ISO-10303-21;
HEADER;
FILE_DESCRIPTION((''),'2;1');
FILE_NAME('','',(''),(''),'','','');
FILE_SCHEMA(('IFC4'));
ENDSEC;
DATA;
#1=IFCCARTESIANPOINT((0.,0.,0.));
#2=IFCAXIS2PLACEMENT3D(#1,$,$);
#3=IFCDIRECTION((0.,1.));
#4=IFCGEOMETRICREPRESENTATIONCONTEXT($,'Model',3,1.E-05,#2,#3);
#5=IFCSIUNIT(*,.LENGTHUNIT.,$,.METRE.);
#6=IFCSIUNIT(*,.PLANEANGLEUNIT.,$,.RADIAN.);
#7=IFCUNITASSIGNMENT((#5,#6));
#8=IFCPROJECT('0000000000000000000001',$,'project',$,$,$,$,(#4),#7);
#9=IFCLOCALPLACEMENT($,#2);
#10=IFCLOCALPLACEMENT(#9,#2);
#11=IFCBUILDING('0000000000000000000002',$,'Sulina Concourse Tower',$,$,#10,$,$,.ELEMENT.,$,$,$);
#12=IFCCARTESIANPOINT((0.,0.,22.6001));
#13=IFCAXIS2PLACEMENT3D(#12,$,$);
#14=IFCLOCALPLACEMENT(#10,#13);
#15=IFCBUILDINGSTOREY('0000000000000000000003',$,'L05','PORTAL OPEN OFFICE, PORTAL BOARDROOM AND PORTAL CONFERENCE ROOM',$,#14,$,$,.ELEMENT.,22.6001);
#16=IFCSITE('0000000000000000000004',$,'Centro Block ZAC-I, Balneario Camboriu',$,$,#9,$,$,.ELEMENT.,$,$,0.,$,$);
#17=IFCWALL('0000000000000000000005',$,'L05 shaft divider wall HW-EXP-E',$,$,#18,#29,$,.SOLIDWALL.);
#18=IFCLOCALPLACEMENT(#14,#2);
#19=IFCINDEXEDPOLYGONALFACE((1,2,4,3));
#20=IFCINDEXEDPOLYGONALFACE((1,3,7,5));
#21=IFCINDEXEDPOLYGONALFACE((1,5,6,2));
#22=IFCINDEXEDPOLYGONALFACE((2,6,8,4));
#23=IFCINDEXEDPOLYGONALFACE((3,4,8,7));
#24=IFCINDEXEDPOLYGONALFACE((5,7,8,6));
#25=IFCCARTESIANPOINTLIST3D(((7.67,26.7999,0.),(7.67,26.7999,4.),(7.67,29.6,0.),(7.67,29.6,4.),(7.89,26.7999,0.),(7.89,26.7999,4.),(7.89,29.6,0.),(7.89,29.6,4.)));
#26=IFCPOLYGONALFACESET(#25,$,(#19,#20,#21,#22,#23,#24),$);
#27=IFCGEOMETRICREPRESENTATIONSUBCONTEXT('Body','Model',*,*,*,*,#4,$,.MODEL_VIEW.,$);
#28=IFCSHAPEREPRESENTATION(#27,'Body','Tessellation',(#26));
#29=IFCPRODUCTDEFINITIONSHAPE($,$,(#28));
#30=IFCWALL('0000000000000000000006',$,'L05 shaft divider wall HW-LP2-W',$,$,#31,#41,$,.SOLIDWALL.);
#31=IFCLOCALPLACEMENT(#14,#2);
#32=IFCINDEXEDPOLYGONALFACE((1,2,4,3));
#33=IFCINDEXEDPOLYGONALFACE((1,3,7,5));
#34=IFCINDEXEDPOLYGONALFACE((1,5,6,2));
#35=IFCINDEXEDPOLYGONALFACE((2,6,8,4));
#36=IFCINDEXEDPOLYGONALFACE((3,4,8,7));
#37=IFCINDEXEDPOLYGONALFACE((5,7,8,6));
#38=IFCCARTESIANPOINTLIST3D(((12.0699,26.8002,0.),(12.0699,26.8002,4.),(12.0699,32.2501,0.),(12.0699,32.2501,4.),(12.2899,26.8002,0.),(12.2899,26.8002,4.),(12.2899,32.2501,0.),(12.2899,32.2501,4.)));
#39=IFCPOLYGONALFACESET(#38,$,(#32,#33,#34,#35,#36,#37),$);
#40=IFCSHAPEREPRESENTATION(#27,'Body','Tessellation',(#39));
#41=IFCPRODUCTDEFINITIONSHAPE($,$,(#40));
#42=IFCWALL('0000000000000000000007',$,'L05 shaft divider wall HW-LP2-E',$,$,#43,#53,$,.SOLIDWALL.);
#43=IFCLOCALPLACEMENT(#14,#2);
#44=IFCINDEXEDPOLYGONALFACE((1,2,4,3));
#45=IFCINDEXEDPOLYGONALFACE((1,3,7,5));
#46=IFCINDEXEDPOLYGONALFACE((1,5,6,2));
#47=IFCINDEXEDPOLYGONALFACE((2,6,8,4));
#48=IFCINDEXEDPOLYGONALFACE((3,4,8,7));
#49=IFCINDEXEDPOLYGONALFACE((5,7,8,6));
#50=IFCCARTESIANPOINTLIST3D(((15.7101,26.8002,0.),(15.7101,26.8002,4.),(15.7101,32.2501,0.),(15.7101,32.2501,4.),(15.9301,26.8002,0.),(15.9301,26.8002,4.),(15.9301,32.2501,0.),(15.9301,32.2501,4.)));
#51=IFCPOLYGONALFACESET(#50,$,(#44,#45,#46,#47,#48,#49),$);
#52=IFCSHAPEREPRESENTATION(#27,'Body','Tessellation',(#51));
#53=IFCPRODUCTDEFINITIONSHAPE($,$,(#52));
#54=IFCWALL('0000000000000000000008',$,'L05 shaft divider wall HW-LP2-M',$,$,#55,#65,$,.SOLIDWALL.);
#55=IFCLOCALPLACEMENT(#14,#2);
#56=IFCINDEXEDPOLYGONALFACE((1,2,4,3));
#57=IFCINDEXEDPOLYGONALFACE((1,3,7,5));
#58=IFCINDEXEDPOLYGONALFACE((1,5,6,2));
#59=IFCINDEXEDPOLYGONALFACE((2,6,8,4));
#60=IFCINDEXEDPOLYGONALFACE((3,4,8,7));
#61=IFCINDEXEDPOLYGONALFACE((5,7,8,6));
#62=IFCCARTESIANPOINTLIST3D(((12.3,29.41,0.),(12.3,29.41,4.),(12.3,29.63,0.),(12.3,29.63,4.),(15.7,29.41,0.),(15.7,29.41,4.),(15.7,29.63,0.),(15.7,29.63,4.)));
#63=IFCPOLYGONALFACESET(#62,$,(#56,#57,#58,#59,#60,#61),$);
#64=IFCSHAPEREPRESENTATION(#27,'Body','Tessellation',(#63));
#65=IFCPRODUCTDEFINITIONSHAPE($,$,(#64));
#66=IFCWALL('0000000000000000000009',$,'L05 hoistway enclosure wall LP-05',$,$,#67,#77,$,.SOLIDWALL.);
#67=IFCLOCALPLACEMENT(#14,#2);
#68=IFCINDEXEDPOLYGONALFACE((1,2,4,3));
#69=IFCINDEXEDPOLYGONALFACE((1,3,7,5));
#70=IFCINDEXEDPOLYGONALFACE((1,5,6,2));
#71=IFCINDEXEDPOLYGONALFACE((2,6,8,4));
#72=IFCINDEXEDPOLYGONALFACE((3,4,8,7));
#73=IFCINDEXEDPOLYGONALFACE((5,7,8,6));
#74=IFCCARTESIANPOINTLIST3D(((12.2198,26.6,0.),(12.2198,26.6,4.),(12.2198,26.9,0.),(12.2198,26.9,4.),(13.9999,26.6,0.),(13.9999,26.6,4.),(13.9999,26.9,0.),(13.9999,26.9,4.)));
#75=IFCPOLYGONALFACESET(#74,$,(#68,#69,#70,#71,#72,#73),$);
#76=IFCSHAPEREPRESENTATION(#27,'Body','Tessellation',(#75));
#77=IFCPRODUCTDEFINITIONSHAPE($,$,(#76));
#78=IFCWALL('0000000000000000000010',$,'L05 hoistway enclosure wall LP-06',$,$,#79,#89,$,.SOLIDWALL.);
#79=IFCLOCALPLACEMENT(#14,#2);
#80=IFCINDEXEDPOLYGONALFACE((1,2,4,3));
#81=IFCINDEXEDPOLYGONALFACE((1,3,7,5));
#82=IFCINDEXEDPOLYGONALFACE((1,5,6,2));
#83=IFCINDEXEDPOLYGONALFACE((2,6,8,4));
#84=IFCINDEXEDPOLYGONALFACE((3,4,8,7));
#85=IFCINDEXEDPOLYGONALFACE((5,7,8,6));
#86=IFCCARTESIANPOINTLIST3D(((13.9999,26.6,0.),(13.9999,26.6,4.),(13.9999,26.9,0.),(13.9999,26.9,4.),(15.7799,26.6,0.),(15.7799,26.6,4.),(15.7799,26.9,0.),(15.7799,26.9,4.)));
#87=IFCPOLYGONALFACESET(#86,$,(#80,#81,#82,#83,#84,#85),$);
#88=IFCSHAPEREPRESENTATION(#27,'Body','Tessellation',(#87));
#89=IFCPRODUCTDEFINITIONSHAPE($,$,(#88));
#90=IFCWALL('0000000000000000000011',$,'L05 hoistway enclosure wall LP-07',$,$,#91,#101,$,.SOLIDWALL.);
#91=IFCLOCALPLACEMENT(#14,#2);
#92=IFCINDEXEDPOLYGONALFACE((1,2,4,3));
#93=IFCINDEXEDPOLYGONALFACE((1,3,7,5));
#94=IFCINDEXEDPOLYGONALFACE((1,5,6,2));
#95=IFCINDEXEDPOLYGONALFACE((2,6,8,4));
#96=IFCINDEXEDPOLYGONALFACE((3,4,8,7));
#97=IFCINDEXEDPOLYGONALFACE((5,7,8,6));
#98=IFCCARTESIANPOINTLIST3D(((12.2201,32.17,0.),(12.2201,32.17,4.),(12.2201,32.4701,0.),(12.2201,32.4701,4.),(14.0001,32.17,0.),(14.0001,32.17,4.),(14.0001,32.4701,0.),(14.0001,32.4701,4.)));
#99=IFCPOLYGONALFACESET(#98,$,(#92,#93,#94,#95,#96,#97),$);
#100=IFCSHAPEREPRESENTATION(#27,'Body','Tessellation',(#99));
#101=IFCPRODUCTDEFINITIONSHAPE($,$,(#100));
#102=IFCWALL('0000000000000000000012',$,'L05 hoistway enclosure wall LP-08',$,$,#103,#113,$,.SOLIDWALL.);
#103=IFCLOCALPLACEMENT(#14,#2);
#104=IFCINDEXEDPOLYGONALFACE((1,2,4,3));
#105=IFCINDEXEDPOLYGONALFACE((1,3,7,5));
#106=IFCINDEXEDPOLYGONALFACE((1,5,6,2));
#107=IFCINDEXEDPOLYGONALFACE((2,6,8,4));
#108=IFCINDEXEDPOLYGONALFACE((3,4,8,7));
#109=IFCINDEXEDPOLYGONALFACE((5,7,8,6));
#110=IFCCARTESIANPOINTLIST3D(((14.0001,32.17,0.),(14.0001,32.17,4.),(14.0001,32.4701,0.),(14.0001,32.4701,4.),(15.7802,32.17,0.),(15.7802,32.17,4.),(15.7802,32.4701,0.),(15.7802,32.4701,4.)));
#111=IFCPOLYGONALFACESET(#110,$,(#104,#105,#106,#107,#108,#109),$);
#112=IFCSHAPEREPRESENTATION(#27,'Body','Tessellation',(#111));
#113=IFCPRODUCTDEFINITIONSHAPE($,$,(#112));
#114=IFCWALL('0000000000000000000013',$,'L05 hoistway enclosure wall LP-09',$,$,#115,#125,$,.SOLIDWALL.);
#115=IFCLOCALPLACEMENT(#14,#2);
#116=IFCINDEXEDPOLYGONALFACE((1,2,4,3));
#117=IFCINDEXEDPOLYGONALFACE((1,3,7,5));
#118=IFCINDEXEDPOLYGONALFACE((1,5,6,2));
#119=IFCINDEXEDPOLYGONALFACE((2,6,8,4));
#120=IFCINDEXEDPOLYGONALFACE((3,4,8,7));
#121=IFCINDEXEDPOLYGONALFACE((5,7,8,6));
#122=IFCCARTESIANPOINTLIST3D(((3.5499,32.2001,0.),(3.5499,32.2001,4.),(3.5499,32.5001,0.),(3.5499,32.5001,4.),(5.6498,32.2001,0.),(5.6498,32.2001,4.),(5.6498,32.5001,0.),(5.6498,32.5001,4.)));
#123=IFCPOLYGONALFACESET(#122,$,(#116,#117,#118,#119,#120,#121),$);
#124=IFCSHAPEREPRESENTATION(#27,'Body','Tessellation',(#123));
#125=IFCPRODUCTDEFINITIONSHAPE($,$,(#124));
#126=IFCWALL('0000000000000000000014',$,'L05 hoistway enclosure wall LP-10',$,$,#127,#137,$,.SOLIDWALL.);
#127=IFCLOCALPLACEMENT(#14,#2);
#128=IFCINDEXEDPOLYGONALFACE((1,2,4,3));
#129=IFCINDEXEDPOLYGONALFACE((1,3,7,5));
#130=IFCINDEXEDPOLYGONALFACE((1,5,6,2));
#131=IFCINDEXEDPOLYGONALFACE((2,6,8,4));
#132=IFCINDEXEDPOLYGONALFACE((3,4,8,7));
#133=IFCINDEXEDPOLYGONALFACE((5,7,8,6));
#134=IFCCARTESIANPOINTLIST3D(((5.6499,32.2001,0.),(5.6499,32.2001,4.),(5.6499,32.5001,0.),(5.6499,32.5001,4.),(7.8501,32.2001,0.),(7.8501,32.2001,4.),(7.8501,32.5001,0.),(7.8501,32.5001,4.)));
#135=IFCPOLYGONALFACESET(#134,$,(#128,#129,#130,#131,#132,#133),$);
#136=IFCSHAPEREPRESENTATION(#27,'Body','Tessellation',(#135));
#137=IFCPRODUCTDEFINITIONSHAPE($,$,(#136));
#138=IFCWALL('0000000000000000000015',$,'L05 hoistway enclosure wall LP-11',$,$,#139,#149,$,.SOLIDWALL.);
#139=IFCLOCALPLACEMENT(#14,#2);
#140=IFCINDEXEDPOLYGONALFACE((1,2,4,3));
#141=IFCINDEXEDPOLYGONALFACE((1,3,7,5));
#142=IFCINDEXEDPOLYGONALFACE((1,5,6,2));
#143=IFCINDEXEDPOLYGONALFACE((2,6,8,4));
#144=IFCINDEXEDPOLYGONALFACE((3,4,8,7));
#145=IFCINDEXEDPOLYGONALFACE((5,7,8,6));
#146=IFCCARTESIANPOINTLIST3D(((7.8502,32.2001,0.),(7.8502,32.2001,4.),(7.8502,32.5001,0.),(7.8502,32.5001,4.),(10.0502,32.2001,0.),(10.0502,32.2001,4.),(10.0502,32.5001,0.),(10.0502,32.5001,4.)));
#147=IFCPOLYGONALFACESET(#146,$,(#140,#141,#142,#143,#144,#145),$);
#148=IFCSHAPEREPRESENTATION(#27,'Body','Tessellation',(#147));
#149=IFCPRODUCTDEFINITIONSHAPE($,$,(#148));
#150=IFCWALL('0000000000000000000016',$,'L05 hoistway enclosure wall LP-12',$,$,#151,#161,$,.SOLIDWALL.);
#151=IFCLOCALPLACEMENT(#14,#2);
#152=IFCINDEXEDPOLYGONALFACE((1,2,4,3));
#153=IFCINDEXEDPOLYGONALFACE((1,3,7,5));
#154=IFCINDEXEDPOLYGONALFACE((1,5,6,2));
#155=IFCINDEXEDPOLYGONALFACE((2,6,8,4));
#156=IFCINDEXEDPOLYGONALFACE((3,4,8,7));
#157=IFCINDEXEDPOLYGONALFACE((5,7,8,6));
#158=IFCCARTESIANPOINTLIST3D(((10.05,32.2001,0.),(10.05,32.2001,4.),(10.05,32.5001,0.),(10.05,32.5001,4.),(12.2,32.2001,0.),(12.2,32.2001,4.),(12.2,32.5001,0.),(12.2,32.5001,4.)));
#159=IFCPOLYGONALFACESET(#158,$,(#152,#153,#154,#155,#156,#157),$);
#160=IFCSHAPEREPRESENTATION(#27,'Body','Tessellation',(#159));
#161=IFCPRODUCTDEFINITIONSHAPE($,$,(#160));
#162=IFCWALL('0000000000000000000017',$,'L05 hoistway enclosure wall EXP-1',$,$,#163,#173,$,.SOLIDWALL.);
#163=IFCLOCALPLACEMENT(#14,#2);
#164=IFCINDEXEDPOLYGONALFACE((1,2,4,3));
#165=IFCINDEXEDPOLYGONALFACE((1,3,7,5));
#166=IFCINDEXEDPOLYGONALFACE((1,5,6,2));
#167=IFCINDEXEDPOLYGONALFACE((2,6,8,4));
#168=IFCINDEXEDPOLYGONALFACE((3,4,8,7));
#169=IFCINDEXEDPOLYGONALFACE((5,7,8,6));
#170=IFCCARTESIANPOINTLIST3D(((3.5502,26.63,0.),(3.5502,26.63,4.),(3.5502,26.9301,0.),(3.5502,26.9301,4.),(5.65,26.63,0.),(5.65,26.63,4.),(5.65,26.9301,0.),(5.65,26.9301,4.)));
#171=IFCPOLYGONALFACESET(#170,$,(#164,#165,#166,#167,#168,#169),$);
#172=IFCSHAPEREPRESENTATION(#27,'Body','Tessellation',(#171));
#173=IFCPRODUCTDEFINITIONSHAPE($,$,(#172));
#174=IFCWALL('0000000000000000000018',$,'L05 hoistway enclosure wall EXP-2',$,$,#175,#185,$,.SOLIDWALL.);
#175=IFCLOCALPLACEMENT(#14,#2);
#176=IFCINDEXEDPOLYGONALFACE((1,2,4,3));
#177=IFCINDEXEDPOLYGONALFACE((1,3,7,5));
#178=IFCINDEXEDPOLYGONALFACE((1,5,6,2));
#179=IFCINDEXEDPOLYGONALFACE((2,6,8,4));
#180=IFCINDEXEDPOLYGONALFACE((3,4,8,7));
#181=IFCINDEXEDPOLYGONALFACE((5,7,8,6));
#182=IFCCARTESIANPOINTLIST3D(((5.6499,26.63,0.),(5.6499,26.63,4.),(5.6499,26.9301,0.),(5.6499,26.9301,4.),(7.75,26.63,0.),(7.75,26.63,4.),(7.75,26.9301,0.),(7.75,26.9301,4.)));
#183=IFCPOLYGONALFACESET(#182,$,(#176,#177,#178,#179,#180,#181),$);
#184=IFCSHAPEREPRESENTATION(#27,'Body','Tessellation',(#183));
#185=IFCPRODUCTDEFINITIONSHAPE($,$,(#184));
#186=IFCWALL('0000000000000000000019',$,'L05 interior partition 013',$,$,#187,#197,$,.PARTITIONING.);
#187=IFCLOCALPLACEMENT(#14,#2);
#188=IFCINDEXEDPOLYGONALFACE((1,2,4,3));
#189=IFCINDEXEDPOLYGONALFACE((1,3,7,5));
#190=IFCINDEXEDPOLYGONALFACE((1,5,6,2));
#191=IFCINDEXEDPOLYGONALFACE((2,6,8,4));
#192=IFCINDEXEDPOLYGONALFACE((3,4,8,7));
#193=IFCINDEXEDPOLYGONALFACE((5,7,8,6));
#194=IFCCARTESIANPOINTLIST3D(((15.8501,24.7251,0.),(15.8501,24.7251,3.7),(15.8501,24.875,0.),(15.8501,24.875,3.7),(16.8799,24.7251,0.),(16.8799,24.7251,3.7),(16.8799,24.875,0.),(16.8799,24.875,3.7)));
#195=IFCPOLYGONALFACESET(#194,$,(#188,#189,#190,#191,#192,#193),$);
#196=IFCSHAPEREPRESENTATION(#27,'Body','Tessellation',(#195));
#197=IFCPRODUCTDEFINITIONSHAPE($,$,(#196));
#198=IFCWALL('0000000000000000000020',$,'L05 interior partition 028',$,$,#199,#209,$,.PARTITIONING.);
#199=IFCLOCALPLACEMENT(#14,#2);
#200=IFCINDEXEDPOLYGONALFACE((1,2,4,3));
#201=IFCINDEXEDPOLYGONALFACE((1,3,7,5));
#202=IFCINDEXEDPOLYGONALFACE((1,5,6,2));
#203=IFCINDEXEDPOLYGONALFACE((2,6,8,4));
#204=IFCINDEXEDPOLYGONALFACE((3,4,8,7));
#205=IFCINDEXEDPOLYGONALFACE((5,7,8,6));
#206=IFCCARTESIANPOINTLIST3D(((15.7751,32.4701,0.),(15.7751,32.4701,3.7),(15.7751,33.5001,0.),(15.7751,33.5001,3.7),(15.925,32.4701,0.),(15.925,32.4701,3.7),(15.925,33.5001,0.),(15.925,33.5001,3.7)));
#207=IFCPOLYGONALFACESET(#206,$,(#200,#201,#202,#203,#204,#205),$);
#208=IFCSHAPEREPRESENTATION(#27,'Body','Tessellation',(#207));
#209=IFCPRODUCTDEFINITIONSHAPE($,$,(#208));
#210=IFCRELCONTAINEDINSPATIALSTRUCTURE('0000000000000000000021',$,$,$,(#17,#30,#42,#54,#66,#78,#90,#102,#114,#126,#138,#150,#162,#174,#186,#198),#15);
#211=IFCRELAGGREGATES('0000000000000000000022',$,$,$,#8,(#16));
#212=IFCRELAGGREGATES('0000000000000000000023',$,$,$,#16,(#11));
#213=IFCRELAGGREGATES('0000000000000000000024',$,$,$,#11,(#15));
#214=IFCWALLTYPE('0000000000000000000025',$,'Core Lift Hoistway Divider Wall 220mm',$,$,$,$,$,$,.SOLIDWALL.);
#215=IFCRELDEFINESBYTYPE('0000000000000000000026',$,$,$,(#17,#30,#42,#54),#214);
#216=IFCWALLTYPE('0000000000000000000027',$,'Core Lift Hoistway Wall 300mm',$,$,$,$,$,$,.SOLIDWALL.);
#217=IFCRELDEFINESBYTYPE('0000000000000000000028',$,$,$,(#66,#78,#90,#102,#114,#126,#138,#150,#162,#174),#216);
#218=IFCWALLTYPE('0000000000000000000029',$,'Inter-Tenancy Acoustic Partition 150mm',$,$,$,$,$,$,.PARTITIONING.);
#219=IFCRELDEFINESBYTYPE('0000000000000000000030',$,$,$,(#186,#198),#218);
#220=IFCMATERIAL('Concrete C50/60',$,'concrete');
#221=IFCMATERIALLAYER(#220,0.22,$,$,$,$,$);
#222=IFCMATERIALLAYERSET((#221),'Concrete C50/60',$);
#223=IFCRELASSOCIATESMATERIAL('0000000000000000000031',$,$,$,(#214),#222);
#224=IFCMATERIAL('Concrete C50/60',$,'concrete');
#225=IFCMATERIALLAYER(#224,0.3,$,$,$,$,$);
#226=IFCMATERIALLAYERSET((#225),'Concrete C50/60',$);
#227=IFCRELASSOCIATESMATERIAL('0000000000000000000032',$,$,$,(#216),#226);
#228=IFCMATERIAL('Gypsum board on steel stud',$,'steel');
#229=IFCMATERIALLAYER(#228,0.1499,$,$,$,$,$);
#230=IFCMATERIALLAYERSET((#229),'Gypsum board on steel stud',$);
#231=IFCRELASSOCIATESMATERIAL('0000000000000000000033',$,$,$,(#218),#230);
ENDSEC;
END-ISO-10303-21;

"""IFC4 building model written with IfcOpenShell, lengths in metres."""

from ifc_helpers import new_model, si_unit, direction, frame, frame_2d, origin, place, context, subcontext, project, spatial, rectangle, extrude, material, layer, layer_set, type_object, element, save


model = new_model("IFC4")

# Units and contexts
model_context = context("Model", 3, precision=1e-05, world=origin(), true_north=direction((0.0, 1.0)))
body_context = subcontext(model_context, "Body", "Model", "MODEL_VIEW")
ifc_project = project(units=[si_unit("LENGTHUNIT", "METRE"), si_unit("PLANEANGLEUNIT", "RADIAN")], contexts=[model_context])

# Site, building, storey
site_placement = place(None, origin())
site = spatial("IfcSite", under=ifc_project, at=site_placement, Name="Centro Block ZAC-I, Balneario Camboriu", CompositionType="ELEMENT", RefElevation=0.0)
building_placement = place(site_placement, origin())
building = spatial("IfcBuilding", under=site, at=building_placement, Name="Sulina Concourse Tower", CompositionType="ELEMENT")
storey_placement = place(building_placement, frame((0.0, 0.0, 22.6001)))
storey = spatial("IfcBuildingStorey", under=building, at=storey_placement, Name="L05", Description="PORTAL OPEN OFFICE, PORTAL BOARDROOM AND PORTAL CONFERENCE ROOM", CompositionType="ELEMENT", Elevation=22.6001)

# Walls
ifc_material_1 = material(Name="Concrete C50/60", Category="concrete")
ifc_layer_1 = layer(ifc_material_1, 0.22)
ifc_layer_set_1 = layer_set([ifc_layer_1], Name="Concrete C50/60")
wall_type_1 = type_object("IfcWallType", Name="Core Lift Hoistway Divider Wall 220mm", PredefinedType="SOLIDWALL", material=ifc_layer_set_1)
wall_1_placement = place(storey_placement, frame((7.78, 26.8, 0.0), z_axis=(0.0, 0.0, 1.0), x_axis=(0.0, 1.0, 0.0)))
element("IfcWall", 1, at=wall_1_placement, inside=storey, type_object=wall_type_1, Name="L05 shaft divider wall HW-EXP-E", PredefinedType="SOLIDWALL", context=body_context, shape_type="SweptSolid", body=[
    extrude(rectangle(XDim=2.8, YDim=0.22, at=frame_2d((1.3999, 0.0))), origin(), (0.0, 0.0, 1.0), 4.0),
])
for number, where, z_axis, x_axis, name in (
    (2, (12.1799, 26.8, 0.0), (0.0, 0.0, 1.0), (0.0, 1.0, 0.0), "L05 shaft divider wall HW-LP2-W"),
    (3, (15.8201, 26.8, 0.0), (0.0, 0.0, 1.0), (0.0, 1.0, 0.0), "L05 shaft divider wall HW-LP2-E"),
):
    element("IfcWall", number, at=place(storey_placement, frame(where, z_axis=z_axis, x_axis=x_axis)), inside=storey, type_object=wall_type_1, Name=name, PredefinedType="SOLIDWALL", context=body_context, shape_type="SweptSolid", body=[
        extrude(rectangle(XDim=5.45, YDim=0.22, at=frame_2d((2.7251, 0.0))), origin(), (0.0, 0.0, 1.0), 4.0),
    ])
wall_2_placement = place(storey_placement, frame((12.3, 29.52, 0.0), z_axis=(0.0, 0.0, 1.0), x_axis=(1.0, 0.0, 0.0)))
element("IfcWall", 4, at=wall_2_placement, inside=storey, type_object=wall_type_1, Name="L05 shaft divider wall HW-LP2-M", PredefinedType="SOLIDWALL", context=body_context, shape_type="SweptSolid", body=[
    extrude(rectangle(XDim=3.3999, YDim=0.22, at=frame_2d((1.7, 0.0))), origin(), (0.0, 0.0, 1.0), 4.0),
])
ifc_material_2 = material(Name="Concrete C50/60", Category="concrete")
ifc_layer_2 = layer(ifc_material_2, 0.3)
ifc_layer_set_2 = layer_set([ifc_layer_2], Name="Concrete C50/60")
wall_type_2 = type_object("IfcWallType", Name="Core Lift Hoistway Wall 300mm", PredefinedType="SOLIDWALL", material=ifc_layer_set_2)
for number, where, z_axis, x_axis, name in (
    (5, (14.0, 26.75, 0.0), (0.0, 0.0, 1.0), (-1.0, 0.0, 0.0), "L05 hoistway enclosure wall LP-05"),
    (6, (15.78, 26.75, 0.0), (0.0, 0.0, 1.0), (-1.0, 0.0, 0.0), "L05 hoistway enclosure wall LP-06"),
    (7, (12.22, 32.3201, 0.0), (0.0, 0.0, 1.0), (1.0, 0.0, 0.0), "L05 hoistway enclosure wall LP-07"),
    (8, (14.0, 32.3201, 0.0), (0.0, 0.0, 1.0), (1.0, 0.0, 0.0), "L05 hoistway enclosure wall LP-08"),
):
    element("IfcWall", number, at=place(storey_placement, frame(where, z_axis=z_axis, x_axis=x_axis)), inside=storey, type_object=wall_type_2, Name=name, PredefinedType="SOLIDWALL", context=body_context, shape_type="SweptSolid", body=[
        extrude(rectangle(XDim=1.78, YDim=0.3, at=frame_2d((0.8901, 0.0))), origin(), (0.0, 0.0, 1.0), 4.0),
    ])
wall_3_placement = place(storey_placement, frame((3.55, 32.3501, 0.0), z_axis=(0.0, 0.0, 1.0), x_axis=(1.0, 0.0, 0.0)))
element("IfcWall", 9, at=wall_3_placement, inside=storey, type_object=wall_type_2, Name="L05 hoistway enclosure wall LP-09", PredefinedType="SOLIDWALL", context=body_context, shape_type="SweptSolid", body=[
    extrude(rectangle(XDim=2.0999, YDim=0.3, at=frame_2d((1.0498, 0.0))), origin(), (0.0, 0.0, 1.0), 4.0),
])
wall_4_placement = place(storey_placement, frame((5.6499, 32.3501, 0.0), z_axis=(0.0, 0.0, 1.0), x_axis=(1.0, 0.0, 0.0)))
element("IfcWall", 10, at=wall_4_placement, inside=storey, type_object=wall_type_2, Name="L05 hoistway enclosure wall LP-10", PredefinedType="SOLIDWALL", context=body_context, shape_type="SweptSolid", body=[
    extrude(rectangle(XDim=2.2002, YDim=0.3, at=frame_2d((1.1001, 0.0))), origin(), (0.0, 0.0, 1.0), 4.0),
])
wall_5_placement = place(storey_placement, frame((7.8501, 32.3501, 0.0), z_axis=(0.0, 0.0, 1.0), x_axis=(1.0, 0.0, 0.0)))
element("IfcWall", 11, at=wall_5_placement, inside=storey, type_object=wall_type_2, Name="L05 hoistway enclosure wall LP-11", PredefinedType="SOLIDWALL", context=body_context, shape_type="SweptSolid", body=[
    extrude(rectangle(XDim=2.2, YDim=0.3, at=frame_2d((1.1001, 0.0))), origin(), (0.0, 0.0, 1.0), 4.0),
])
wall_6_placement = place(storey_placement, frame((10.05, 32.3501, 0.0), z_axis=(0.0, 0.0, 1.0), x_axis=(1.0, 0.0, 0.0)))
element("IfcWall", 12, at=wall_6_placement, inside=storey, type_object=wall_type_2, Name="L05 hoistway enclosure wall LP-12", PredefinedType="SOLIDWALL", context=body_context, shape_type="SweptSolid", body=[
    extrude(rectangle(XDim=2.1499, YDim=0.3, at=frame_2d((1.075, 0.0))), origin(), (0.0, 0.0, 1.0), 4.0),
])
wall_7_placement = place(storey_placement, frame((5.6499, 26.78, 0.0), z_axis=(0.0, 0.0, 1.0), x_axis=(-1.0, 0.0, 0.0)))
element("IfcWall", 13, at=wall_7_placement, inside=storey, type_object=wall_type_2, Name="L05 hoistway enclosure wall EXP-1", PredefinedType="SOLIDWALL", context=body_context, shape_type="SweptSolid", body=[
    extrude(rectangle(XDim=2.0999, YDim=0.3, at=frame_2d((1.0498, 0.0))), origin(), (0.0, 0.0, 1.0), 4.0),
])
wall_8_placement = place(storey_placement, frame((7.75, 26.78, 0.0), z_axis=(0.0, 0.0, 1.0), x_axis=(-1.0, 0.0, 0.0)))
element("IfcWall", 14, at=wall_8_placement, inside=storey, type_object=wall_type_2, Name="L05 hoistway enclosure wall EXP-2", PredefinedType="SOLIDWALL", context=body_context, shape_type="SweptSolid", body=[
    extrude(rectangle(XDim=2.1001, YDim=0.3, at=frame_2d((1.05, 0.0))), origin(), (0.0, 0.0, 1.0), 4.0),
])
ifc_material_3 = material(Name="Gypsum board on steel stud", Category="steel")
ifc_layer_3 = layer(ifc_material_3, 0.1499)
ifc_layer_set_3 = layer_set([ifc_layer_3], Name="Gypsum board on steel stud")
wall_type_3 = type_object("IfcWallType", Name="Inter-Tenancy Acoustic Partition 150mm", PredefinedType="PARTITIONING", material=ifc_layer_set_3)
wall_9_placement = place(storey_placement, frame((15.8501, 24.8, 0.0), z_axis=(0.0, 0.0, 1.0), x_axis=(1.0, 0.0, 0.0)))
element("IfcWall", 15, at=wall_9_placement, inside=storey, type_object=wall_type_3, Name="L05 interior partition 013", PredefinedType="PARTITIONING", context=body_context, shape_type="SweptSolid", body=[
    extrude(rectangle(XDim=1.0298, YDim=0.1499, at=frame_2d((0.5149, 0.0))), origin(), (0.0, 0.0, 1.0), 3.7),
])
wall_10_placement = place(storey_placement, frame((15.8501, 32.47, 0.0), z_axis=(0.0, 0.0, 1.0), x_axis=(0.0, 1.0, 0.0)))
element("IfcWall", 16, at=wall_10_placement, inside=storey, type_object=wall_type_3, Name="L05 interior partition 028", PredefinedType="PARTITIONING", context=body_context, shape_type="SweptSolid", body=[
    extrude(rectangle(XDim=1.03, YDim=0.1499, at=frame_2d((0.5151, 0.0))), origin(), (0.0, 0.0, 1.0), 3.7),
])

save(model, "model.ifc")
